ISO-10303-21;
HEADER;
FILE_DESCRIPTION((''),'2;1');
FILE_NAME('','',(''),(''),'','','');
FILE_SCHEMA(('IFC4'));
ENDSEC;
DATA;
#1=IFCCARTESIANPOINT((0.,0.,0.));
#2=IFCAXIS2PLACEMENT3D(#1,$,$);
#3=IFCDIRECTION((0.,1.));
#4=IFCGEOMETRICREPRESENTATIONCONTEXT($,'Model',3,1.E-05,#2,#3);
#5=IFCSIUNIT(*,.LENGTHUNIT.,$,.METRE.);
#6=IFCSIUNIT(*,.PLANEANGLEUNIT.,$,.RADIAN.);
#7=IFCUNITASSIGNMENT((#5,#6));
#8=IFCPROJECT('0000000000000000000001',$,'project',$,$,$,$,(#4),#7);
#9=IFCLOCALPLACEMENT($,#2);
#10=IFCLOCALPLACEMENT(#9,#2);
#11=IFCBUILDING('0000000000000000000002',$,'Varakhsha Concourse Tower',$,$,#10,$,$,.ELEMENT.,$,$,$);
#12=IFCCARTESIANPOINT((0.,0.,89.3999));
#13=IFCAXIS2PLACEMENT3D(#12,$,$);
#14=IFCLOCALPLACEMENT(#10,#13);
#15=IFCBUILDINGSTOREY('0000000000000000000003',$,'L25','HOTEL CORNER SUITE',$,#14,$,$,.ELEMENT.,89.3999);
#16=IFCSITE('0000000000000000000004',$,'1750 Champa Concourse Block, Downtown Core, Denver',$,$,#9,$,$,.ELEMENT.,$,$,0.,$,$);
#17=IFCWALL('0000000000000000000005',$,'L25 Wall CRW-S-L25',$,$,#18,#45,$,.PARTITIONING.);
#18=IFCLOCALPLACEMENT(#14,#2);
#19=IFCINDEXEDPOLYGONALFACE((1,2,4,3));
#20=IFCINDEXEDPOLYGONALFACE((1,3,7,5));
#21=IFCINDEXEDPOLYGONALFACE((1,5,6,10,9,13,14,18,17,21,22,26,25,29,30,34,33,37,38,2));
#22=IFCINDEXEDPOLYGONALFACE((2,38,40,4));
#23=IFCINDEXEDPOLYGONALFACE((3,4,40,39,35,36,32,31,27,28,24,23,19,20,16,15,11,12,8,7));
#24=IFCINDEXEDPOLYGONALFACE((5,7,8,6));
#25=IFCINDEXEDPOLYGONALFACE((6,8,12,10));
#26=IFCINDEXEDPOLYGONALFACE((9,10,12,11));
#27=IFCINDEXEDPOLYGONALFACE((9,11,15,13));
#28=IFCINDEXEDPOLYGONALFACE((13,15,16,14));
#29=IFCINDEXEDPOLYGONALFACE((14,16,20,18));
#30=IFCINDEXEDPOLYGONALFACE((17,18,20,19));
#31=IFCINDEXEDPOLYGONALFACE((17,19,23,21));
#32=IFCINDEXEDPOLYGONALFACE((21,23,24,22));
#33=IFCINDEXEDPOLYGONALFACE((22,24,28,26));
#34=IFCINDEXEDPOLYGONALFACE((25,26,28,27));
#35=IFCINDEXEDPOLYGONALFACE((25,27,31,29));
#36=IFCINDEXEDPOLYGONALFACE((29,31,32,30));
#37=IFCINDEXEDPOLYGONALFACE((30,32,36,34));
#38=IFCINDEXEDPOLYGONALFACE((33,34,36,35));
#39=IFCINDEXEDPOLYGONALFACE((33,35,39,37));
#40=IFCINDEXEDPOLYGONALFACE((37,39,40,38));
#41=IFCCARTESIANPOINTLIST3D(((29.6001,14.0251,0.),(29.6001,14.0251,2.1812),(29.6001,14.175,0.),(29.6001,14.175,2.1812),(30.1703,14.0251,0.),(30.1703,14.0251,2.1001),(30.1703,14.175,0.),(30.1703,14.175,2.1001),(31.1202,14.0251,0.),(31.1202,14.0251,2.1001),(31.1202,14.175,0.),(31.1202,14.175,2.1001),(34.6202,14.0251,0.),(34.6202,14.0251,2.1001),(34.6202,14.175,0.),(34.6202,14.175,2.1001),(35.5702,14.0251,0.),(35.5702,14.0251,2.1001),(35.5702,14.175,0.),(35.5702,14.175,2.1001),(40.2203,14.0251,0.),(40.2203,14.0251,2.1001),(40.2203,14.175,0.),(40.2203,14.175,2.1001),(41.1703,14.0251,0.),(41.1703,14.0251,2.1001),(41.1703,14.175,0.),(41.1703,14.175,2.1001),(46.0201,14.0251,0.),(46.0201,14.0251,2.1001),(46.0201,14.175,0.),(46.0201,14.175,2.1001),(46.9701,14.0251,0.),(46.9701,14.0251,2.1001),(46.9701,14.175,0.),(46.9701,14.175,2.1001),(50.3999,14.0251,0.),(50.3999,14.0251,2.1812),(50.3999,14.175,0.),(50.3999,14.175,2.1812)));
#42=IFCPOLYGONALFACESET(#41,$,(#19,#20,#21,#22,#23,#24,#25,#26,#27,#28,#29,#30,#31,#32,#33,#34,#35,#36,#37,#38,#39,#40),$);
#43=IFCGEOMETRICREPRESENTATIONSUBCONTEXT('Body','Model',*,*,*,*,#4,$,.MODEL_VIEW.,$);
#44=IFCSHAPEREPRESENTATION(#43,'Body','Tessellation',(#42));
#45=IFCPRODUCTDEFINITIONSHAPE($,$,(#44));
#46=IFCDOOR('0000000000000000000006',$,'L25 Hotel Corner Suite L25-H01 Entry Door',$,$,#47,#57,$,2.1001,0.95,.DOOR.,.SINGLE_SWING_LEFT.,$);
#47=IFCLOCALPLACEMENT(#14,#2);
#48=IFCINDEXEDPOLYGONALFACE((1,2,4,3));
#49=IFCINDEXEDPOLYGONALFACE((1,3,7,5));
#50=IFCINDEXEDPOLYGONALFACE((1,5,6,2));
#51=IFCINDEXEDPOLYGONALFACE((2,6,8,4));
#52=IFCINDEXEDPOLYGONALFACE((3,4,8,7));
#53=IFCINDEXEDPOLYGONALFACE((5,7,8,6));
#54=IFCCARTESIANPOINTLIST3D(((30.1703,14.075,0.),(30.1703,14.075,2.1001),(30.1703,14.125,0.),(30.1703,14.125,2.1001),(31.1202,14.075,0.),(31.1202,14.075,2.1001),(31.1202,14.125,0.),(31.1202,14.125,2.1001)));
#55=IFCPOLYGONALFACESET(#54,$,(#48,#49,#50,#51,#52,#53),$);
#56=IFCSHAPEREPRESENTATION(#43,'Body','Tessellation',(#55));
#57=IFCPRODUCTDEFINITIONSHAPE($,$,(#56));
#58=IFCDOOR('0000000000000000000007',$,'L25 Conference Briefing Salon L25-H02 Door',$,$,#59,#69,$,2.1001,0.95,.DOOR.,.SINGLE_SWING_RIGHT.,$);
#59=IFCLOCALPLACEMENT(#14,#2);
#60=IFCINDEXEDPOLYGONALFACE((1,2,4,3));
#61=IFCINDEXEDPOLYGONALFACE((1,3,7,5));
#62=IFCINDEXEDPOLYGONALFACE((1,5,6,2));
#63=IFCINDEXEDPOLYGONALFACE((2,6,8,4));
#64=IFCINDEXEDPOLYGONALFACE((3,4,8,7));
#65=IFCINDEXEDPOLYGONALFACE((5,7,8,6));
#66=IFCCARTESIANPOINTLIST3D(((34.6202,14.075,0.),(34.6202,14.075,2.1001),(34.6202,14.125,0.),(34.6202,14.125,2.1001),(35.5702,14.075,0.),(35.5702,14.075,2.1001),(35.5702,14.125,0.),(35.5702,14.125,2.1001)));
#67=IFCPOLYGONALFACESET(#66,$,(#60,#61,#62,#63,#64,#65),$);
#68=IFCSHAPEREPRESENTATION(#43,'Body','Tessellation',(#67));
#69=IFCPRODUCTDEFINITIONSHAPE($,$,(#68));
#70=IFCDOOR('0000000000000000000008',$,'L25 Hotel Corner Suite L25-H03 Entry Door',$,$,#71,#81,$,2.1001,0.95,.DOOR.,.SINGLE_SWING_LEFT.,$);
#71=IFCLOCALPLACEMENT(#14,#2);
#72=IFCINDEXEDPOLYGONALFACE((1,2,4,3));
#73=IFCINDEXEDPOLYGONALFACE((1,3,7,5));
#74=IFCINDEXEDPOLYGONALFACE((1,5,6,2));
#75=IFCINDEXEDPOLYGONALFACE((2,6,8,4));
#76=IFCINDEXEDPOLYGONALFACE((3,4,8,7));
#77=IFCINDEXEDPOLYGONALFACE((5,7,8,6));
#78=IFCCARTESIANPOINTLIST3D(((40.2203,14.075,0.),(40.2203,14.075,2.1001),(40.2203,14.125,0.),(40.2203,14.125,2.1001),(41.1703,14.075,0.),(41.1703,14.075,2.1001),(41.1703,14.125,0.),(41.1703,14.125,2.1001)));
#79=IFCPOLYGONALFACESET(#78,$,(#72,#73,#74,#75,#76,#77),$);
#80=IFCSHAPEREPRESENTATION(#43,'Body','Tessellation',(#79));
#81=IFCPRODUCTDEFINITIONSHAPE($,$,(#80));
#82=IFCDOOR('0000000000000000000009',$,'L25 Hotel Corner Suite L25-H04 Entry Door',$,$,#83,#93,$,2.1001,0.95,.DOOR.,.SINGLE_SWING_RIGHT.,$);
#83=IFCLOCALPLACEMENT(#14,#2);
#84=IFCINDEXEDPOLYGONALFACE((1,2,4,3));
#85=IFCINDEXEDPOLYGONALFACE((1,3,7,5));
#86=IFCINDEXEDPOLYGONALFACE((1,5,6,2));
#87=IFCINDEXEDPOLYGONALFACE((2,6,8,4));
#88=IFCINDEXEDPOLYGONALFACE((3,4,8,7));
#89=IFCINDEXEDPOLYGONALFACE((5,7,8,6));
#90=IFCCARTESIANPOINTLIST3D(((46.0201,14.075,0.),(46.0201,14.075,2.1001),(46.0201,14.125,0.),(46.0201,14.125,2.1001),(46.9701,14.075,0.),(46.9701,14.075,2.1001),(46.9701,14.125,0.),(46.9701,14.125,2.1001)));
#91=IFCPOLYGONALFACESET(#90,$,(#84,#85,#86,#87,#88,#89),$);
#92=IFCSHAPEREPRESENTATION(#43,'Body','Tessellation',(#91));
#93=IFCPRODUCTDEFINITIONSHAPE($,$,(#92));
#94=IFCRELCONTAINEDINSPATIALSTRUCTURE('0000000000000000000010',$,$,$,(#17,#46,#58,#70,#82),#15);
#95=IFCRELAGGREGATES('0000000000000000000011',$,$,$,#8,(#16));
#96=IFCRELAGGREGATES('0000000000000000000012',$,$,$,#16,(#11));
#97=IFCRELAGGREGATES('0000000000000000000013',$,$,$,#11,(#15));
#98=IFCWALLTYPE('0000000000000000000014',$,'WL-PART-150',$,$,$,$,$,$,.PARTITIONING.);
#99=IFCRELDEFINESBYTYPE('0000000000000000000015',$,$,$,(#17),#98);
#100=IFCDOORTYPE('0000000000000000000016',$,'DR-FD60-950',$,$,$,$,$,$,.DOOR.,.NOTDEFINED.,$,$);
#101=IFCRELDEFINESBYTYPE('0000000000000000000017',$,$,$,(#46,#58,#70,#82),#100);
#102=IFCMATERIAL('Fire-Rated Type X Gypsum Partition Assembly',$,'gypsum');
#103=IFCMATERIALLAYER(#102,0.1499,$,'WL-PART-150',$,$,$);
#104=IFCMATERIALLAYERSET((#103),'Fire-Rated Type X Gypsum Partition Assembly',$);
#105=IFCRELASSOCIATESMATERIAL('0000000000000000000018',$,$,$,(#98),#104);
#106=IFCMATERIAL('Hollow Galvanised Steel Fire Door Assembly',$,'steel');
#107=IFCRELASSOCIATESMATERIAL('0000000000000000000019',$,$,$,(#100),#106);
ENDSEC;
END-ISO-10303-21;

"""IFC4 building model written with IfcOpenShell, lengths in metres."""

from ifc_helpers import new_model, si_unit, direction, frame, frame_2d, origin, place, context, subcontext, project, spatial, rectangle, extrude, material, layer, layer_set, type_object, element, fill, save


model = new_model("IFC4")

# Units and contexts
model_context = context("Model", 3, precision=1e-05, world=origin(), true_north=direction((0.0, 1.0)))
body_context = subcontext(model_context, "Body", "Model", "MODEL_VIEW")
ifc_project = project(units=[si_unit("LENGTHUNIT", "METRE"), si_unit("PLANEANGLEUNIT", "RADIAN")], contexts=[model_context])

# Site, building, storey
site_placement = place(None, origin())
site = spatial("IfcSite", under=ifc_project, at=site_placement, Name="1750 Champa Concourse Block, Downtown Core, Denver", CompositionType="ELEMENT", RefElevation=0.0)
building_placement = place(site_placement, origin())
building = spatial("IfcBuilding", under=site, at=building_placement, Name="Varakhsha Concourse Tower", CompositionType="ELEMENT")
storey_placement = place(building_placement, frame((0.0, 0.0, 89.3999)))
storey = spatial("IfcBuildingStorey", under=building, at=storey_placement, Name="L25", Description="HOTEL CORNER SUITE", CompositionType="ELEMENT", Elevation=89.3999)

# Wall, openings, doors
ifc_material_1 = material(Name="Fire-Rated Type X Gypsum Partition Assembly", Category="gypsum")
ifc_layer_1 = layer(ifc_material_1, 0.1499, Name="WL-PART-150")
ifc_layer_set_1 = layer_set([ifc_layer_1], Name="Fire-Rated Type X Gypsum Partition Assembly")
wall_type_1 = type_object("IfcWallType", Name="WL-PART-150", PredefinedType="PARTITIONING", material=ifc_layer_set_1)
wall_1_placement = place(storey_placement, frame((29.6001, 14.1001, 0.0), z_axis=(0.0, 0.0, 1.0), x_axis=(1.0, 0.0, 0.0)))
wall_1 = element("IfcWall", 1, at=wall_1_placement, inside=storey, type_object=wall_type_1, Name="L25 Wall CRW-S-L25", PredefinedType="PARTITIONING", context=body_context, shape_type="SweptSolid", body=[
    extrude(rectangle(XDim=20.7998, YDim=0.1499, at=frame_2d((10.3999, 0.0))), origin(), (0.0, 0.0, 1.0), 2.1812),
])
opening_1_placement = place(wall_1_placement, frame((0.5701, 0.0, 0.0)))
opening_1 = element("IfcOpeningElement", 2, at=opening_1_placement, cuts=wall_1, PredefinedType="OPENING", context=body_context, shape_type="SweptSolid", body=[
    extrude(rectangle(XDim=0.95, YDim=2.1001, at=frame_2d((0.4751, 1.05))), frame((0.0, 0.085, 0.0), z_axis=(0.0, -1.0, 0.0), x_axis=(1.0, 0.0, 0.0)), (0.0, 0.0, 1.0), 0.1699),
])
opening_2_placement = place(wall_1_placement, frame((5.02, 0.0, 0.0)))
opening_2 = element("IfcOpeningElement", 3, at=opening_2_placement, cuts=wall_1, PredefinedType="OPENING", context=body_context, shape_type="SweptSolid", body=[
    extrude(rectangle(XDim=0.95, YDim=2.1001, at=frame_2d((0.4751, 1.05))), frame((0.0, 0.085, 0.0), z_axis=(0.0, -1.0, 0.0), x_axis=(1.0, 0.0, 0.0)), (0.0, 0.0, 1.0), 0.1699),
])
opening_3_placement = place(wall_1_placement, frame((10.6201, 0.0, 0.0)))
opening_3 = element("IfcOpeningElement", 4, at=opening_3_placement, cuts=wall_1, PredefinedType="OPENING", context=body_context, shape_type="SweptSolid", body=[
    extrude(rectangle(XDim=0.95, YDim=2.1001, at=frame_2d((0.4751, 1.05))), frame((0.0, 0.085, 0.0), z_axis=(0.0, -1.0, 0.0), x_axis=(1.0, 0.0, 0.0)), (0.0, 0.0, 1.0), 0.1699),
])
opening_4_placement = place(wall_1_placement, frame((16.4199, 0.0, 0.0)))
opening_4 = element("IfcOpeningElement", 5, at=opening_4_placement, cuts=wall_1, PredefinedType="OPENING", context=body_context, shape_type="SweptSolid", body=[
    extrude(rectangle(XDim=0.95, YDim=2.1001, at=frame_2d((0.4751, 1.05))), frame((0.0, 0.085, 0.0), z_axis=(0.0, -1.0, 0.0), x_axis=(1.0, 0.0, 0.0)), (0.0, 0.0, 1.0), 0.1699),
])
ifc_material_2 = material(Name="Hollow Galvanised Steel Fire Door Assembly", Category="steel")
door_type_1 = type_object("IfcDoorType", Name="DR-FD60-950", OperationType="NOTDEFINED", PredefinedType="DOOR", material=ifc_material_2)
door_1_placement = place(opening_1_placement, origin())
door_1 = element("IfcDoor", 6, at=door_1_placement, inside=storey, type_object=door_type_1, Name="L25 Hotel Corner Suite L25-H01 Entry Door", OperationType="SINGLE_SWING_LEFT", OverallHeight=2.1001, OverallWidth=0.95, PredefinedType="DOOR", context=body_context, shape_type="SweptSolid", body=[
    extrude(rectangle(XDim=0.95, YDim=2.1001, at=frame_2d((0.4751, 1.05))), frame((0.0, 0.0249, 0.0), z_axis=(0.0, -1.0, 0.0), x_axis=(1.0, 0.0, 0.0)), (0.0, 0.0, 1.0), 0.05),
])
fill(opening_1, door_1)
door_2_placement = place(opening_2_placement, origin())
door_2 = element("IfcDoor", 7, at=door_2_placement, inside=storey, type_object=door_type_1, Name="L25 Conference Briefing Salon L25-H02 Door", OperationType="SINGLE_SWING_RIGHT", OverallHeight=2.1001, OverallWidth=0.95, PredefinedType="DOOR", context=body_context, shape_type="SweptSolid", body=[
    extrude(rectangle(XDim=0.95, YDim=2.1001, at=frame_2d((0.4751, 1.05))), frame((0.0, 0.0249, 0.0), z_axis=(0.0, -1.0, 0.0), x_axis=(1.0, 0.0, 0.0)), (0.0, 0.0, 1.0), 0.05),
])
fill(opening_2, door_2)
door_3_placement = place(opening_3_placement, origin())
door_3 = element("IfcDoor", 8, at=door_3_placement, inside=storey, type_object=door_type_1, Name="L25 Hotel Corner Suite L25-H03 Entry Door", OperationType="SINGLE_SWING_LEFT", OverallHeight=2.1001, OverallWidth=0.95, PredefinedType="DOOR", context=body_context, shape_type="SweptSolid", body=[
    extrude(rectangle(XDim=0.95, YDim=2.1001, at=frame_2d((0.4751, 1.05))), frame((0.0, 0.0249, 0.0), z_axis=(0.0, -1.0, 0.0), x_axis=(1.0, 0.0, 0.0)), (0.0, 0.0, 1.0), 0.05),
])
fill(opening_3, door_3)
door_4_placement = place(opening_4_placement, origin())
door_4 = element("IfcDoor", 9, at=door_4_placement, inside=storey, type_object=door_type_1, Name="L25 Hotel Corner Suite L25-H04 Entry Door", OperationType="SINGLE_SWING_RIGHT", OverallHeight=2.1001, OverallWidth=0.95, PredefinedType="DOOR", context=body_context, shape_type="SweptSolid", body=[
    extrude(rectangle(XDim=0.95, YDim=2.1001, at=frame_2d((0.4751, 1.05))), frame((0.0, 0.0249, 0.0), z_axis=(0.0, -1.0, 0.0), x_axis=(1.0, 0.0, 0.0)), (0.0, 0.0, 1.0), 0.05),
])
fill(opening_4, door_4)

save(model, "model.ifc")
